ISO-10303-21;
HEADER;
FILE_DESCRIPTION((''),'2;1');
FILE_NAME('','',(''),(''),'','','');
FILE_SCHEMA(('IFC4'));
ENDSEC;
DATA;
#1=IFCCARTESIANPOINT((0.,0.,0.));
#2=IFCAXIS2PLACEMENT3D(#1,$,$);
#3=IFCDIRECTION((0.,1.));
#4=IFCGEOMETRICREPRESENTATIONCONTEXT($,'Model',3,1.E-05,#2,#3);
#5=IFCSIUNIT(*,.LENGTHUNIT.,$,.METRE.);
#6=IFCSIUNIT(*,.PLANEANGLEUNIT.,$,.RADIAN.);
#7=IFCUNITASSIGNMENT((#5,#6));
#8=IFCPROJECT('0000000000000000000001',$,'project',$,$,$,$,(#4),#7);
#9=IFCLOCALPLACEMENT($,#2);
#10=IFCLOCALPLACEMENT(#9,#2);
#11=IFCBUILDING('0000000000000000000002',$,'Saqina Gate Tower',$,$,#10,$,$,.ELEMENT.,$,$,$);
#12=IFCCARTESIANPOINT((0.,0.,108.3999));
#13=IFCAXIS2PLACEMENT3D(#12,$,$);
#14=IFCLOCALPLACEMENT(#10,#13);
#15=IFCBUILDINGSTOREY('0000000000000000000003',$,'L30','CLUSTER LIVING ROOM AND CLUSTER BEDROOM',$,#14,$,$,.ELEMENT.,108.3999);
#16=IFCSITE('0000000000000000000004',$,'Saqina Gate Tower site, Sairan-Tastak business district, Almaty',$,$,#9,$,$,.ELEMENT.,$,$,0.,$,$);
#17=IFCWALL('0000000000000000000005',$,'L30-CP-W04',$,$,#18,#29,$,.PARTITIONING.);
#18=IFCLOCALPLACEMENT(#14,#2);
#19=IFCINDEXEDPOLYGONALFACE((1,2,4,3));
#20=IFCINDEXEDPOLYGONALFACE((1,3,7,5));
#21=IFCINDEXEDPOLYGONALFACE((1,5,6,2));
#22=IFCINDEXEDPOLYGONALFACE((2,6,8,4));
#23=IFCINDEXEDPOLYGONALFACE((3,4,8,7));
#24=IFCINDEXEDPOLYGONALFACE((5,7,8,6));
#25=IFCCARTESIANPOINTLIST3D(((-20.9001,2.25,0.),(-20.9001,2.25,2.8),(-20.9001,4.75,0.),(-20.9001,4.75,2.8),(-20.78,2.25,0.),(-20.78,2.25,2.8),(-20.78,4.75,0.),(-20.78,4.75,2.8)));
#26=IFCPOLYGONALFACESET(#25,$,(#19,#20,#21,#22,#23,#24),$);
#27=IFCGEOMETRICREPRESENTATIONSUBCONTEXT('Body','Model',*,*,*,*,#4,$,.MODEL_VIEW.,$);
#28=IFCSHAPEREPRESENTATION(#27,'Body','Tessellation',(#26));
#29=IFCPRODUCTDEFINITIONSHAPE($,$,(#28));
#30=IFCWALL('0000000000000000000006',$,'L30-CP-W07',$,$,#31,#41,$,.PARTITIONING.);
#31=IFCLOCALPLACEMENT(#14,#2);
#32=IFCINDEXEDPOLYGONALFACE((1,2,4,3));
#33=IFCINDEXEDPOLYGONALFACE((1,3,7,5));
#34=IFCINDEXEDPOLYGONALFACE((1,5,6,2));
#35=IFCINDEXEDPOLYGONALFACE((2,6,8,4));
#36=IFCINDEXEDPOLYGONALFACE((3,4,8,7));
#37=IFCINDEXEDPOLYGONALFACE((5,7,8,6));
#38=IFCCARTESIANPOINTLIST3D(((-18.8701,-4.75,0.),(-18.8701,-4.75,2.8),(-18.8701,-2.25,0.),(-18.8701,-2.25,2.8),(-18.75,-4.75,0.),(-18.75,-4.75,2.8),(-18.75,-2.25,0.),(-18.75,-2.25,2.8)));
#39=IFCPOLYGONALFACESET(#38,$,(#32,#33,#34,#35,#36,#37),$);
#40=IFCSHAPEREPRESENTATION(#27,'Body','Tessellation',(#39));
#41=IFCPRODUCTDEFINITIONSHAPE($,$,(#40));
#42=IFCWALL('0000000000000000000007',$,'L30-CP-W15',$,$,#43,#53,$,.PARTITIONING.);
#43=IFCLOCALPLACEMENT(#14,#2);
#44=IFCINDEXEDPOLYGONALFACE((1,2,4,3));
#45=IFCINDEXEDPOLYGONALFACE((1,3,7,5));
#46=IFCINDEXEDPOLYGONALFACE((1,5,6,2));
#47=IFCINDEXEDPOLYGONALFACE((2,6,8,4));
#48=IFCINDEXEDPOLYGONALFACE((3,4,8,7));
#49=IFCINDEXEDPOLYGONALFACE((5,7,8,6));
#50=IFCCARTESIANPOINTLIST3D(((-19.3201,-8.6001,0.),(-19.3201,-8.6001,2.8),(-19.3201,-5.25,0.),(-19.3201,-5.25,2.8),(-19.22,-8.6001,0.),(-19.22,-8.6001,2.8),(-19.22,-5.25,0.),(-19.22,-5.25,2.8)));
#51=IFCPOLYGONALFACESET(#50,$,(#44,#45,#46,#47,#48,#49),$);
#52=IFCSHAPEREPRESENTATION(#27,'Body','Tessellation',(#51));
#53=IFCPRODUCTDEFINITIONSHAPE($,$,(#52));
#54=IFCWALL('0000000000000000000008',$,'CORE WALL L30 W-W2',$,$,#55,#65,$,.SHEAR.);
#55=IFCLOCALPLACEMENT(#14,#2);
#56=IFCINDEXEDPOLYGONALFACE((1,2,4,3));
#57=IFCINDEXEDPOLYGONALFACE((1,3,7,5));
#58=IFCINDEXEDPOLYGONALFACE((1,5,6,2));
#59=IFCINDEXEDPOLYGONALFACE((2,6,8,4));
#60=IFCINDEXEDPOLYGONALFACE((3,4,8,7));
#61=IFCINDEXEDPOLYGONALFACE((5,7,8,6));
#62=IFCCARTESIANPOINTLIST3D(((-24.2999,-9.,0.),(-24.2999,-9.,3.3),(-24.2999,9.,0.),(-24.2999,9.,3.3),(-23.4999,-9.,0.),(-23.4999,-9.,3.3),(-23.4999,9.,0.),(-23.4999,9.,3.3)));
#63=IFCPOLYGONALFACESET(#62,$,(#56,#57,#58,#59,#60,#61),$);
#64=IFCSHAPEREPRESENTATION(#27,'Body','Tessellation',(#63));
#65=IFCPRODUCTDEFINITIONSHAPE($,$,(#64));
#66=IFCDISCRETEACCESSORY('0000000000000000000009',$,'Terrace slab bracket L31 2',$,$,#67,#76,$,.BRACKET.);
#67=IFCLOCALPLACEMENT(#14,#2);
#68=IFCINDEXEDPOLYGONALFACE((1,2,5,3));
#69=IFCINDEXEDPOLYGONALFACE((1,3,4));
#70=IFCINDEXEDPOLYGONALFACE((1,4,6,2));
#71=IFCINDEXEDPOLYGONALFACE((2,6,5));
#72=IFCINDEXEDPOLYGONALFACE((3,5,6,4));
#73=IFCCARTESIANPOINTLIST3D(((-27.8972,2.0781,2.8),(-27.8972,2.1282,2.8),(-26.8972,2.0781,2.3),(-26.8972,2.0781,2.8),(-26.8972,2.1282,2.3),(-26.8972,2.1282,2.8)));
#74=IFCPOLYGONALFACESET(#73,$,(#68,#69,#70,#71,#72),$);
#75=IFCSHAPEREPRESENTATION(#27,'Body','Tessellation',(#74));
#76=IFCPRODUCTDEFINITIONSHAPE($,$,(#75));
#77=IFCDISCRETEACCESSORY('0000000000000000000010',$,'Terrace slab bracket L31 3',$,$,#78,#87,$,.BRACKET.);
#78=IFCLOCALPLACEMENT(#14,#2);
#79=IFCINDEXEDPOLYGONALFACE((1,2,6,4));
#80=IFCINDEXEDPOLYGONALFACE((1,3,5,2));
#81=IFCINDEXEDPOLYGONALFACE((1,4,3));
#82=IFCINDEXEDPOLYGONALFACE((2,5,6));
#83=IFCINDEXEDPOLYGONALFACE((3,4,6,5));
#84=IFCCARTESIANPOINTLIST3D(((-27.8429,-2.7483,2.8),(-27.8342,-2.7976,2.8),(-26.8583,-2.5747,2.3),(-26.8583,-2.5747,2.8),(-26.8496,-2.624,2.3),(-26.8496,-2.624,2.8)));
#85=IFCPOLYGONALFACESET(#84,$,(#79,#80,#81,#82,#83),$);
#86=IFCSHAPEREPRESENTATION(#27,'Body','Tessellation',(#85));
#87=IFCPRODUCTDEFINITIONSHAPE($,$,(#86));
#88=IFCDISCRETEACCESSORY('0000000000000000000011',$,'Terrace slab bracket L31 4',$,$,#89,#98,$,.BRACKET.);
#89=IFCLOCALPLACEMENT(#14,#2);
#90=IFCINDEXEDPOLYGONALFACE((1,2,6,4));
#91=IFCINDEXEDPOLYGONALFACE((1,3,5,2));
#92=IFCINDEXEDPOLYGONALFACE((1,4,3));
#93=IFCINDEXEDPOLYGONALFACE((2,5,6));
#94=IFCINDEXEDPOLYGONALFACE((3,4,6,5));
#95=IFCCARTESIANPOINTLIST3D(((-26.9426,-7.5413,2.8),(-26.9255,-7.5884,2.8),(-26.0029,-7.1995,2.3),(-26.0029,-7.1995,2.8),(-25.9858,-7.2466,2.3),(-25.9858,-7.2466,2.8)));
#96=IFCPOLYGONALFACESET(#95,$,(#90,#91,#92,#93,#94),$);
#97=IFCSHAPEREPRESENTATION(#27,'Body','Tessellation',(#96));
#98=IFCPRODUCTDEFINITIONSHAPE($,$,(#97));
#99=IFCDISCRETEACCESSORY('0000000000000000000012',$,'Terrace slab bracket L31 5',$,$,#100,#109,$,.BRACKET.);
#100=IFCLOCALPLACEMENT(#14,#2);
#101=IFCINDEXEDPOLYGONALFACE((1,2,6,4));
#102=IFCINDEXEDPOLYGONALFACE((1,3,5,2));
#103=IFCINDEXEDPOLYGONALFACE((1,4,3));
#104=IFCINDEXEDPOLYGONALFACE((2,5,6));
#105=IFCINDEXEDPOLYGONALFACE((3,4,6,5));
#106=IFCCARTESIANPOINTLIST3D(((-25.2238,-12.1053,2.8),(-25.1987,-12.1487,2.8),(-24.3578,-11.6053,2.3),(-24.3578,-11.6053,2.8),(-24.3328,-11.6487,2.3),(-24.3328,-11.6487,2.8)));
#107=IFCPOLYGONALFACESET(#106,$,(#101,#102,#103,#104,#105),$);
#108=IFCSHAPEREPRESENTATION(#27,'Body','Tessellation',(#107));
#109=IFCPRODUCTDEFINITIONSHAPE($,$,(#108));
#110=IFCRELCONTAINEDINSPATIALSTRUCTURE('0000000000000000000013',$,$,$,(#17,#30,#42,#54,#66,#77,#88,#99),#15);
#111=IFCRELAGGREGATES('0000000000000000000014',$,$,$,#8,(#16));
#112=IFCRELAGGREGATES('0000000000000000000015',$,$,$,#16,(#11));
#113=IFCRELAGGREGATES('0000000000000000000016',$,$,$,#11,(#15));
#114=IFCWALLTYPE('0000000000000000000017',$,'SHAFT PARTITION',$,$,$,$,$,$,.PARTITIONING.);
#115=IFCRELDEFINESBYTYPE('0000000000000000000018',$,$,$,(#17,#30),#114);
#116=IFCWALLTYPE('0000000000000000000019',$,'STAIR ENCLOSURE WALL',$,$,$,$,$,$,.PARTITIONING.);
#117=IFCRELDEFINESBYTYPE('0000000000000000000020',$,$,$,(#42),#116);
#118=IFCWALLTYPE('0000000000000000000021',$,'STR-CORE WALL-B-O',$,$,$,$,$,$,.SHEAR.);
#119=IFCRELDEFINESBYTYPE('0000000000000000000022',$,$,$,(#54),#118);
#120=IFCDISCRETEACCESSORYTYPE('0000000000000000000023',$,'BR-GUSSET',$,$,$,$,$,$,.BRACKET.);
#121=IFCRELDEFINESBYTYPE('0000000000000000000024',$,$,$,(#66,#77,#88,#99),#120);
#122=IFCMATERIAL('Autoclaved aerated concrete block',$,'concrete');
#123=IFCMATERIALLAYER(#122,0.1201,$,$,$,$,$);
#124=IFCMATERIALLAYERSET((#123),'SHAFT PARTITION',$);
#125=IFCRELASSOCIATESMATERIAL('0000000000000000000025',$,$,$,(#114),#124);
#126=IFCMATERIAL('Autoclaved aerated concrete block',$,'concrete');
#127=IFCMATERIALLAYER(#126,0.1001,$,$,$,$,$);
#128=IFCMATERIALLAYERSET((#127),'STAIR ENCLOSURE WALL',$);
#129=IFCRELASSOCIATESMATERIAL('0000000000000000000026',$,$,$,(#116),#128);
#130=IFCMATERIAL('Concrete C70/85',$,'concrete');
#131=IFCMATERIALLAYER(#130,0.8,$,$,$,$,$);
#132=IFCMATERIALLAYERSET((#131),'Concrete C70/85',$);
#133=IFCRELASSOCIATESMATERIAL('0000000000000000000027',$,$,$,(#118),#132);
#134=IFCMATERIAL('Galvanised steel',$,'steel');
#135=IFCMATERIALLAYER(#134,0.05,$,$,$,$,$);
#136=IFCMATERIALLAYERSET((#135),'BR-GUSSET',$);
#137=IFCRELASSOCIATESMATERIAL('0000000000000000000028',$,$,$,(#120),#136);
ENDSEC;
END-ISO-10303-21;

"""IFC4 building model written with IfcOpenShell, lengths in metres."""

from ifc_helpers import new_model, si_unit, direction, frame, frame_2d, origin, place, context, subcontext, project, spatial, polyline, rectangle, outline, extrude, material, layer, layer_set, type_object, element, save


model = new_model("IFC4")

# Units and contexts
model_context = context("Model", 3, precision=1e-05, world=origin(), true_north=direction((0.0, 1.0)))
body_context = subcontext(model_context, "Body", "Model", "MODEL_VIEW")
ifc_project = project(units=[si_unit("LENGTHUNIT", "METRE"), si_unit("PLANEANGLEUNIT", "RADIAN")], contexts=[model_context])

# Site, building, storey
site_placement = place(None, origin())
site = spatial("IfcSite", under=ifc_project, at=site_placement, Name="Saqina Gate Tower site, Sairan-Tastak business district, Almaty", CompositionType="ELEMENT", RefElevation=0.0)
building_placement = place(site_placement, origin())
building = spatial("IfcBuilding", under=site, at=building_placement, Name="Saqina Gate Tower", CompositionType="ELEMENT")
storey_placement = place(building_placement, frame((0.0, 0.0, 108.3999)))
storey = spatial("IfcBuildingStorey", under=building, at=storey_placement, Name="L30", Description="CLUSTER LIVING ROOM AND CLUSTER BEDROOM", CompositionType="ELEMENT", Elevation=108.3999)

# Walls
ifc_material_1 = material(Name="Autoclaved aerated concrete block", Category="concrete")
ifc_layer_1 = layer(ifc_material_1, 0.1201)
ifc_layer_set_1 = layer_set([ifc_layer_1], Name="SHAFT PARTITION")
wall_type_1 = type_object("IfcWallType", Name="SHAFT PARTITION", PredefinedType="PARTITIONING", material=ifc_layer_set_1)
for number, where, z_axis, x_axis, name in (
    (1, (-20.8401, 2.25, 0.0), (0.0, 0.0, 1.0), (0.0, 1.0, 0.0), "L30-CP-W04"),
    (2, (-18.8101, -4.75, 0.0), (0.0, 0.0, 1.0), (0.0, 1.0, 0.0), "L30-CP-W07"),
):
    element("IfcWall", number, at=place(storey_placement, frame(where, z_axis=z_axis, x_axis=x_axis)), inside=storey, type_object=wall_type_1, Name=name, PredefinedType="PARTITIONING", context=body_context, shape_type="SweptSolid", body=[
        extrude(rectangle(XDim=2.5, YDim=0.1201, at=frame_2d((1.25, 0.0))), origin(), (0.0, 0.0, 1.0), 2.8),
    ])
ifc_material_2 = material(Name="Autoclaved aerated concrete block", Category="concrete")
ifc_layer_2 = layer(ifc_material_2, 0.1001)
ifc_layer_set_2 = layer_set([ifc_layer_2], Name="STAIR ENCLOSURE WALL")
wall_type_2 = type_object("IfcWallType", Name="STAIR ENCLOSURE WALL", PredefinedType="PARTITIONING", material=ifc_layer_set_2)
wall_1_placement = place(storey_placement, frame((-19.27, -8.6001, 0.0), z_axis=(0.0, 0.0, 1.0), x_axis=(0.0, 1.0, 0.0)))
element("IfcWall", 3, at=wall_1_placement, inside=storey, type_object=wall_type_2, Name="L30-CP-W15", PredefinedType="PARTITIONING", context=body_context, shape_type="SweptSolid", body=[
    extrude(rectangle(XDim=3.3501, YDim=0.1001, at=frame_2d((1.675, 0.0))), origin(), (0.0, 0.0, 1.0), 2.8),
])
ifc_material_3 = material(Name="Concrete C70/85", Category="concrete")
ifc_layer_3 = layer(ifc_material_3, 0.8)
ifc_layer_set_3 = layer_set([ifc_layer_3], Name="Concrete C70/85")
wall_type_3 = type_object("IfcWallType", Name="STR-CORE WALL-B-O", PredefinedType="SHEAR", material=ifc_layer_set_3)
wall_2_placement = place(storey_placement, frame((-23.8999, -9.0, 0.0), z_axis=(0.0, 0.0, 1.0), x_axis=(0.0, 1.0, 0.0)))
element("IfcWall", 4, at=wall_2_placement, inside=storey, type_object=wall_type_3, Name="CORE WALL L30 W-W2", PredefinedType="SHEAR", context=body_context, shape_type="SweptSolid", body=[
    extrude(rectangle(XDim=18.0, YDim=0.8, at=frame_2d((9.0, 0.0))), origin(), (0.0, 0.0, 1.0), 3.3),
])

# Discrete accessories
ifc_material_4 = material(Name="Galvanised steel", Category="steel")
ifc_layer_4 = layer(ifc_material_4, 0.05)
ifc_layer_set_4 = layer_set([ifc_layer_4], Name="BR-GUSSET")
discrete_accessory_type = type_object("IfcDiscreteAccessoryType", Name="BR-GUSSET", PredefinedType="BRACKET", material=ifc_layer_set_4)
discrete_accessory_1_placement = place(storey_placement, frame((-26.8972, 2.0781, 2.3), z_axis=(0.0, -1.0, 0.0), x_axis=(0.0, 0.0, 1.0)))
element("IfcDiscreteAccessory", 5, at=discrete_accessory_1_placement, inside=storey, type_object=discrete_accessory_type, Name="Terrace slab bracket L31 2", PredefinedType="BRACKET", context=body_context, shape_type="SweptSolid", body=[
    extrude(outline(polyline([(0.0, 0.0), (0.5, 0.0), (0.5, 1.0), (0.0, 0.0)])), origin(), (0.0, 0.0, -1.0), 0.05),
])
discrete_accessory_2_placement = place(storey_placement, frame((-26.8496, -2.624, 2.3), z_axis=(0.173618, -0.984813, 0.0), x_axis=(0.0, 0.0, 1.0)))
element("IfcDiscreteAccessory", 6, at=discrete_accessory_2_placement, inside=storey, type_object=discrete_accessory_type, Name="Terrace slab bracket L31 3", PredefinedType="BRACKET", context=body_context, shape_type="SweptSolid", body=[
    extrude(outline(polyline([(0.0, 0.0), (0.5, 0.0), (0.5, 0.9998), (0.0, 0.0)])), origin(), (0.0, 0.0, -1.0), 0.05),
])
discrete_accessory_3_placement = place(storey_placement, frame((-25.9858, -7.2466, 2.3), z_axis=(0.341821, -0.939765, 0.0), x_axis=(0.0, 0.0, 1.0)))
element("IfcDiscreteAccessory", 7, at=discrete_accessory_3_placement, inside=storey, type_object=discrete_accessory_type, Name="Terrace slab bracket L31 4", PredefinedType="BRACKET", context=body_context, shape_type="SweptSolid", body=[
    extrude(outline(polyline([(0.0, 0.0), (0.5, 0.0), (0.5, 0.9999), (0.0, 0.0)])), origin(), (0.0, 0.0, -1.0), 0.05),
])
discrete_accessory_4_placement = place(storey_placement, frame((-24.3328, -11.6487, 2.3), z_axis=(0.500025, -0.866011, 0.0), x_axis=(0.0, 0.0, 1.0)))
element("IfcDiscreteAccessory", 8, at=discrete_accessory_4_placement, inside=storey, type_object=discrete_accessory_type, Name="Terrace slab bracket L31 5", PredefinedType="BRACKET", context=body_context, shape_type="SweptSolid", body=[
    extrude(outline(polyline([(0.0, 0.0), (0.5, 0.0), (0.5, 0.9999), (0.0, 0.0)])), origin(), (0.0, 0.0, -1.0), 0.05),
])

save(model, "model.ifc")
